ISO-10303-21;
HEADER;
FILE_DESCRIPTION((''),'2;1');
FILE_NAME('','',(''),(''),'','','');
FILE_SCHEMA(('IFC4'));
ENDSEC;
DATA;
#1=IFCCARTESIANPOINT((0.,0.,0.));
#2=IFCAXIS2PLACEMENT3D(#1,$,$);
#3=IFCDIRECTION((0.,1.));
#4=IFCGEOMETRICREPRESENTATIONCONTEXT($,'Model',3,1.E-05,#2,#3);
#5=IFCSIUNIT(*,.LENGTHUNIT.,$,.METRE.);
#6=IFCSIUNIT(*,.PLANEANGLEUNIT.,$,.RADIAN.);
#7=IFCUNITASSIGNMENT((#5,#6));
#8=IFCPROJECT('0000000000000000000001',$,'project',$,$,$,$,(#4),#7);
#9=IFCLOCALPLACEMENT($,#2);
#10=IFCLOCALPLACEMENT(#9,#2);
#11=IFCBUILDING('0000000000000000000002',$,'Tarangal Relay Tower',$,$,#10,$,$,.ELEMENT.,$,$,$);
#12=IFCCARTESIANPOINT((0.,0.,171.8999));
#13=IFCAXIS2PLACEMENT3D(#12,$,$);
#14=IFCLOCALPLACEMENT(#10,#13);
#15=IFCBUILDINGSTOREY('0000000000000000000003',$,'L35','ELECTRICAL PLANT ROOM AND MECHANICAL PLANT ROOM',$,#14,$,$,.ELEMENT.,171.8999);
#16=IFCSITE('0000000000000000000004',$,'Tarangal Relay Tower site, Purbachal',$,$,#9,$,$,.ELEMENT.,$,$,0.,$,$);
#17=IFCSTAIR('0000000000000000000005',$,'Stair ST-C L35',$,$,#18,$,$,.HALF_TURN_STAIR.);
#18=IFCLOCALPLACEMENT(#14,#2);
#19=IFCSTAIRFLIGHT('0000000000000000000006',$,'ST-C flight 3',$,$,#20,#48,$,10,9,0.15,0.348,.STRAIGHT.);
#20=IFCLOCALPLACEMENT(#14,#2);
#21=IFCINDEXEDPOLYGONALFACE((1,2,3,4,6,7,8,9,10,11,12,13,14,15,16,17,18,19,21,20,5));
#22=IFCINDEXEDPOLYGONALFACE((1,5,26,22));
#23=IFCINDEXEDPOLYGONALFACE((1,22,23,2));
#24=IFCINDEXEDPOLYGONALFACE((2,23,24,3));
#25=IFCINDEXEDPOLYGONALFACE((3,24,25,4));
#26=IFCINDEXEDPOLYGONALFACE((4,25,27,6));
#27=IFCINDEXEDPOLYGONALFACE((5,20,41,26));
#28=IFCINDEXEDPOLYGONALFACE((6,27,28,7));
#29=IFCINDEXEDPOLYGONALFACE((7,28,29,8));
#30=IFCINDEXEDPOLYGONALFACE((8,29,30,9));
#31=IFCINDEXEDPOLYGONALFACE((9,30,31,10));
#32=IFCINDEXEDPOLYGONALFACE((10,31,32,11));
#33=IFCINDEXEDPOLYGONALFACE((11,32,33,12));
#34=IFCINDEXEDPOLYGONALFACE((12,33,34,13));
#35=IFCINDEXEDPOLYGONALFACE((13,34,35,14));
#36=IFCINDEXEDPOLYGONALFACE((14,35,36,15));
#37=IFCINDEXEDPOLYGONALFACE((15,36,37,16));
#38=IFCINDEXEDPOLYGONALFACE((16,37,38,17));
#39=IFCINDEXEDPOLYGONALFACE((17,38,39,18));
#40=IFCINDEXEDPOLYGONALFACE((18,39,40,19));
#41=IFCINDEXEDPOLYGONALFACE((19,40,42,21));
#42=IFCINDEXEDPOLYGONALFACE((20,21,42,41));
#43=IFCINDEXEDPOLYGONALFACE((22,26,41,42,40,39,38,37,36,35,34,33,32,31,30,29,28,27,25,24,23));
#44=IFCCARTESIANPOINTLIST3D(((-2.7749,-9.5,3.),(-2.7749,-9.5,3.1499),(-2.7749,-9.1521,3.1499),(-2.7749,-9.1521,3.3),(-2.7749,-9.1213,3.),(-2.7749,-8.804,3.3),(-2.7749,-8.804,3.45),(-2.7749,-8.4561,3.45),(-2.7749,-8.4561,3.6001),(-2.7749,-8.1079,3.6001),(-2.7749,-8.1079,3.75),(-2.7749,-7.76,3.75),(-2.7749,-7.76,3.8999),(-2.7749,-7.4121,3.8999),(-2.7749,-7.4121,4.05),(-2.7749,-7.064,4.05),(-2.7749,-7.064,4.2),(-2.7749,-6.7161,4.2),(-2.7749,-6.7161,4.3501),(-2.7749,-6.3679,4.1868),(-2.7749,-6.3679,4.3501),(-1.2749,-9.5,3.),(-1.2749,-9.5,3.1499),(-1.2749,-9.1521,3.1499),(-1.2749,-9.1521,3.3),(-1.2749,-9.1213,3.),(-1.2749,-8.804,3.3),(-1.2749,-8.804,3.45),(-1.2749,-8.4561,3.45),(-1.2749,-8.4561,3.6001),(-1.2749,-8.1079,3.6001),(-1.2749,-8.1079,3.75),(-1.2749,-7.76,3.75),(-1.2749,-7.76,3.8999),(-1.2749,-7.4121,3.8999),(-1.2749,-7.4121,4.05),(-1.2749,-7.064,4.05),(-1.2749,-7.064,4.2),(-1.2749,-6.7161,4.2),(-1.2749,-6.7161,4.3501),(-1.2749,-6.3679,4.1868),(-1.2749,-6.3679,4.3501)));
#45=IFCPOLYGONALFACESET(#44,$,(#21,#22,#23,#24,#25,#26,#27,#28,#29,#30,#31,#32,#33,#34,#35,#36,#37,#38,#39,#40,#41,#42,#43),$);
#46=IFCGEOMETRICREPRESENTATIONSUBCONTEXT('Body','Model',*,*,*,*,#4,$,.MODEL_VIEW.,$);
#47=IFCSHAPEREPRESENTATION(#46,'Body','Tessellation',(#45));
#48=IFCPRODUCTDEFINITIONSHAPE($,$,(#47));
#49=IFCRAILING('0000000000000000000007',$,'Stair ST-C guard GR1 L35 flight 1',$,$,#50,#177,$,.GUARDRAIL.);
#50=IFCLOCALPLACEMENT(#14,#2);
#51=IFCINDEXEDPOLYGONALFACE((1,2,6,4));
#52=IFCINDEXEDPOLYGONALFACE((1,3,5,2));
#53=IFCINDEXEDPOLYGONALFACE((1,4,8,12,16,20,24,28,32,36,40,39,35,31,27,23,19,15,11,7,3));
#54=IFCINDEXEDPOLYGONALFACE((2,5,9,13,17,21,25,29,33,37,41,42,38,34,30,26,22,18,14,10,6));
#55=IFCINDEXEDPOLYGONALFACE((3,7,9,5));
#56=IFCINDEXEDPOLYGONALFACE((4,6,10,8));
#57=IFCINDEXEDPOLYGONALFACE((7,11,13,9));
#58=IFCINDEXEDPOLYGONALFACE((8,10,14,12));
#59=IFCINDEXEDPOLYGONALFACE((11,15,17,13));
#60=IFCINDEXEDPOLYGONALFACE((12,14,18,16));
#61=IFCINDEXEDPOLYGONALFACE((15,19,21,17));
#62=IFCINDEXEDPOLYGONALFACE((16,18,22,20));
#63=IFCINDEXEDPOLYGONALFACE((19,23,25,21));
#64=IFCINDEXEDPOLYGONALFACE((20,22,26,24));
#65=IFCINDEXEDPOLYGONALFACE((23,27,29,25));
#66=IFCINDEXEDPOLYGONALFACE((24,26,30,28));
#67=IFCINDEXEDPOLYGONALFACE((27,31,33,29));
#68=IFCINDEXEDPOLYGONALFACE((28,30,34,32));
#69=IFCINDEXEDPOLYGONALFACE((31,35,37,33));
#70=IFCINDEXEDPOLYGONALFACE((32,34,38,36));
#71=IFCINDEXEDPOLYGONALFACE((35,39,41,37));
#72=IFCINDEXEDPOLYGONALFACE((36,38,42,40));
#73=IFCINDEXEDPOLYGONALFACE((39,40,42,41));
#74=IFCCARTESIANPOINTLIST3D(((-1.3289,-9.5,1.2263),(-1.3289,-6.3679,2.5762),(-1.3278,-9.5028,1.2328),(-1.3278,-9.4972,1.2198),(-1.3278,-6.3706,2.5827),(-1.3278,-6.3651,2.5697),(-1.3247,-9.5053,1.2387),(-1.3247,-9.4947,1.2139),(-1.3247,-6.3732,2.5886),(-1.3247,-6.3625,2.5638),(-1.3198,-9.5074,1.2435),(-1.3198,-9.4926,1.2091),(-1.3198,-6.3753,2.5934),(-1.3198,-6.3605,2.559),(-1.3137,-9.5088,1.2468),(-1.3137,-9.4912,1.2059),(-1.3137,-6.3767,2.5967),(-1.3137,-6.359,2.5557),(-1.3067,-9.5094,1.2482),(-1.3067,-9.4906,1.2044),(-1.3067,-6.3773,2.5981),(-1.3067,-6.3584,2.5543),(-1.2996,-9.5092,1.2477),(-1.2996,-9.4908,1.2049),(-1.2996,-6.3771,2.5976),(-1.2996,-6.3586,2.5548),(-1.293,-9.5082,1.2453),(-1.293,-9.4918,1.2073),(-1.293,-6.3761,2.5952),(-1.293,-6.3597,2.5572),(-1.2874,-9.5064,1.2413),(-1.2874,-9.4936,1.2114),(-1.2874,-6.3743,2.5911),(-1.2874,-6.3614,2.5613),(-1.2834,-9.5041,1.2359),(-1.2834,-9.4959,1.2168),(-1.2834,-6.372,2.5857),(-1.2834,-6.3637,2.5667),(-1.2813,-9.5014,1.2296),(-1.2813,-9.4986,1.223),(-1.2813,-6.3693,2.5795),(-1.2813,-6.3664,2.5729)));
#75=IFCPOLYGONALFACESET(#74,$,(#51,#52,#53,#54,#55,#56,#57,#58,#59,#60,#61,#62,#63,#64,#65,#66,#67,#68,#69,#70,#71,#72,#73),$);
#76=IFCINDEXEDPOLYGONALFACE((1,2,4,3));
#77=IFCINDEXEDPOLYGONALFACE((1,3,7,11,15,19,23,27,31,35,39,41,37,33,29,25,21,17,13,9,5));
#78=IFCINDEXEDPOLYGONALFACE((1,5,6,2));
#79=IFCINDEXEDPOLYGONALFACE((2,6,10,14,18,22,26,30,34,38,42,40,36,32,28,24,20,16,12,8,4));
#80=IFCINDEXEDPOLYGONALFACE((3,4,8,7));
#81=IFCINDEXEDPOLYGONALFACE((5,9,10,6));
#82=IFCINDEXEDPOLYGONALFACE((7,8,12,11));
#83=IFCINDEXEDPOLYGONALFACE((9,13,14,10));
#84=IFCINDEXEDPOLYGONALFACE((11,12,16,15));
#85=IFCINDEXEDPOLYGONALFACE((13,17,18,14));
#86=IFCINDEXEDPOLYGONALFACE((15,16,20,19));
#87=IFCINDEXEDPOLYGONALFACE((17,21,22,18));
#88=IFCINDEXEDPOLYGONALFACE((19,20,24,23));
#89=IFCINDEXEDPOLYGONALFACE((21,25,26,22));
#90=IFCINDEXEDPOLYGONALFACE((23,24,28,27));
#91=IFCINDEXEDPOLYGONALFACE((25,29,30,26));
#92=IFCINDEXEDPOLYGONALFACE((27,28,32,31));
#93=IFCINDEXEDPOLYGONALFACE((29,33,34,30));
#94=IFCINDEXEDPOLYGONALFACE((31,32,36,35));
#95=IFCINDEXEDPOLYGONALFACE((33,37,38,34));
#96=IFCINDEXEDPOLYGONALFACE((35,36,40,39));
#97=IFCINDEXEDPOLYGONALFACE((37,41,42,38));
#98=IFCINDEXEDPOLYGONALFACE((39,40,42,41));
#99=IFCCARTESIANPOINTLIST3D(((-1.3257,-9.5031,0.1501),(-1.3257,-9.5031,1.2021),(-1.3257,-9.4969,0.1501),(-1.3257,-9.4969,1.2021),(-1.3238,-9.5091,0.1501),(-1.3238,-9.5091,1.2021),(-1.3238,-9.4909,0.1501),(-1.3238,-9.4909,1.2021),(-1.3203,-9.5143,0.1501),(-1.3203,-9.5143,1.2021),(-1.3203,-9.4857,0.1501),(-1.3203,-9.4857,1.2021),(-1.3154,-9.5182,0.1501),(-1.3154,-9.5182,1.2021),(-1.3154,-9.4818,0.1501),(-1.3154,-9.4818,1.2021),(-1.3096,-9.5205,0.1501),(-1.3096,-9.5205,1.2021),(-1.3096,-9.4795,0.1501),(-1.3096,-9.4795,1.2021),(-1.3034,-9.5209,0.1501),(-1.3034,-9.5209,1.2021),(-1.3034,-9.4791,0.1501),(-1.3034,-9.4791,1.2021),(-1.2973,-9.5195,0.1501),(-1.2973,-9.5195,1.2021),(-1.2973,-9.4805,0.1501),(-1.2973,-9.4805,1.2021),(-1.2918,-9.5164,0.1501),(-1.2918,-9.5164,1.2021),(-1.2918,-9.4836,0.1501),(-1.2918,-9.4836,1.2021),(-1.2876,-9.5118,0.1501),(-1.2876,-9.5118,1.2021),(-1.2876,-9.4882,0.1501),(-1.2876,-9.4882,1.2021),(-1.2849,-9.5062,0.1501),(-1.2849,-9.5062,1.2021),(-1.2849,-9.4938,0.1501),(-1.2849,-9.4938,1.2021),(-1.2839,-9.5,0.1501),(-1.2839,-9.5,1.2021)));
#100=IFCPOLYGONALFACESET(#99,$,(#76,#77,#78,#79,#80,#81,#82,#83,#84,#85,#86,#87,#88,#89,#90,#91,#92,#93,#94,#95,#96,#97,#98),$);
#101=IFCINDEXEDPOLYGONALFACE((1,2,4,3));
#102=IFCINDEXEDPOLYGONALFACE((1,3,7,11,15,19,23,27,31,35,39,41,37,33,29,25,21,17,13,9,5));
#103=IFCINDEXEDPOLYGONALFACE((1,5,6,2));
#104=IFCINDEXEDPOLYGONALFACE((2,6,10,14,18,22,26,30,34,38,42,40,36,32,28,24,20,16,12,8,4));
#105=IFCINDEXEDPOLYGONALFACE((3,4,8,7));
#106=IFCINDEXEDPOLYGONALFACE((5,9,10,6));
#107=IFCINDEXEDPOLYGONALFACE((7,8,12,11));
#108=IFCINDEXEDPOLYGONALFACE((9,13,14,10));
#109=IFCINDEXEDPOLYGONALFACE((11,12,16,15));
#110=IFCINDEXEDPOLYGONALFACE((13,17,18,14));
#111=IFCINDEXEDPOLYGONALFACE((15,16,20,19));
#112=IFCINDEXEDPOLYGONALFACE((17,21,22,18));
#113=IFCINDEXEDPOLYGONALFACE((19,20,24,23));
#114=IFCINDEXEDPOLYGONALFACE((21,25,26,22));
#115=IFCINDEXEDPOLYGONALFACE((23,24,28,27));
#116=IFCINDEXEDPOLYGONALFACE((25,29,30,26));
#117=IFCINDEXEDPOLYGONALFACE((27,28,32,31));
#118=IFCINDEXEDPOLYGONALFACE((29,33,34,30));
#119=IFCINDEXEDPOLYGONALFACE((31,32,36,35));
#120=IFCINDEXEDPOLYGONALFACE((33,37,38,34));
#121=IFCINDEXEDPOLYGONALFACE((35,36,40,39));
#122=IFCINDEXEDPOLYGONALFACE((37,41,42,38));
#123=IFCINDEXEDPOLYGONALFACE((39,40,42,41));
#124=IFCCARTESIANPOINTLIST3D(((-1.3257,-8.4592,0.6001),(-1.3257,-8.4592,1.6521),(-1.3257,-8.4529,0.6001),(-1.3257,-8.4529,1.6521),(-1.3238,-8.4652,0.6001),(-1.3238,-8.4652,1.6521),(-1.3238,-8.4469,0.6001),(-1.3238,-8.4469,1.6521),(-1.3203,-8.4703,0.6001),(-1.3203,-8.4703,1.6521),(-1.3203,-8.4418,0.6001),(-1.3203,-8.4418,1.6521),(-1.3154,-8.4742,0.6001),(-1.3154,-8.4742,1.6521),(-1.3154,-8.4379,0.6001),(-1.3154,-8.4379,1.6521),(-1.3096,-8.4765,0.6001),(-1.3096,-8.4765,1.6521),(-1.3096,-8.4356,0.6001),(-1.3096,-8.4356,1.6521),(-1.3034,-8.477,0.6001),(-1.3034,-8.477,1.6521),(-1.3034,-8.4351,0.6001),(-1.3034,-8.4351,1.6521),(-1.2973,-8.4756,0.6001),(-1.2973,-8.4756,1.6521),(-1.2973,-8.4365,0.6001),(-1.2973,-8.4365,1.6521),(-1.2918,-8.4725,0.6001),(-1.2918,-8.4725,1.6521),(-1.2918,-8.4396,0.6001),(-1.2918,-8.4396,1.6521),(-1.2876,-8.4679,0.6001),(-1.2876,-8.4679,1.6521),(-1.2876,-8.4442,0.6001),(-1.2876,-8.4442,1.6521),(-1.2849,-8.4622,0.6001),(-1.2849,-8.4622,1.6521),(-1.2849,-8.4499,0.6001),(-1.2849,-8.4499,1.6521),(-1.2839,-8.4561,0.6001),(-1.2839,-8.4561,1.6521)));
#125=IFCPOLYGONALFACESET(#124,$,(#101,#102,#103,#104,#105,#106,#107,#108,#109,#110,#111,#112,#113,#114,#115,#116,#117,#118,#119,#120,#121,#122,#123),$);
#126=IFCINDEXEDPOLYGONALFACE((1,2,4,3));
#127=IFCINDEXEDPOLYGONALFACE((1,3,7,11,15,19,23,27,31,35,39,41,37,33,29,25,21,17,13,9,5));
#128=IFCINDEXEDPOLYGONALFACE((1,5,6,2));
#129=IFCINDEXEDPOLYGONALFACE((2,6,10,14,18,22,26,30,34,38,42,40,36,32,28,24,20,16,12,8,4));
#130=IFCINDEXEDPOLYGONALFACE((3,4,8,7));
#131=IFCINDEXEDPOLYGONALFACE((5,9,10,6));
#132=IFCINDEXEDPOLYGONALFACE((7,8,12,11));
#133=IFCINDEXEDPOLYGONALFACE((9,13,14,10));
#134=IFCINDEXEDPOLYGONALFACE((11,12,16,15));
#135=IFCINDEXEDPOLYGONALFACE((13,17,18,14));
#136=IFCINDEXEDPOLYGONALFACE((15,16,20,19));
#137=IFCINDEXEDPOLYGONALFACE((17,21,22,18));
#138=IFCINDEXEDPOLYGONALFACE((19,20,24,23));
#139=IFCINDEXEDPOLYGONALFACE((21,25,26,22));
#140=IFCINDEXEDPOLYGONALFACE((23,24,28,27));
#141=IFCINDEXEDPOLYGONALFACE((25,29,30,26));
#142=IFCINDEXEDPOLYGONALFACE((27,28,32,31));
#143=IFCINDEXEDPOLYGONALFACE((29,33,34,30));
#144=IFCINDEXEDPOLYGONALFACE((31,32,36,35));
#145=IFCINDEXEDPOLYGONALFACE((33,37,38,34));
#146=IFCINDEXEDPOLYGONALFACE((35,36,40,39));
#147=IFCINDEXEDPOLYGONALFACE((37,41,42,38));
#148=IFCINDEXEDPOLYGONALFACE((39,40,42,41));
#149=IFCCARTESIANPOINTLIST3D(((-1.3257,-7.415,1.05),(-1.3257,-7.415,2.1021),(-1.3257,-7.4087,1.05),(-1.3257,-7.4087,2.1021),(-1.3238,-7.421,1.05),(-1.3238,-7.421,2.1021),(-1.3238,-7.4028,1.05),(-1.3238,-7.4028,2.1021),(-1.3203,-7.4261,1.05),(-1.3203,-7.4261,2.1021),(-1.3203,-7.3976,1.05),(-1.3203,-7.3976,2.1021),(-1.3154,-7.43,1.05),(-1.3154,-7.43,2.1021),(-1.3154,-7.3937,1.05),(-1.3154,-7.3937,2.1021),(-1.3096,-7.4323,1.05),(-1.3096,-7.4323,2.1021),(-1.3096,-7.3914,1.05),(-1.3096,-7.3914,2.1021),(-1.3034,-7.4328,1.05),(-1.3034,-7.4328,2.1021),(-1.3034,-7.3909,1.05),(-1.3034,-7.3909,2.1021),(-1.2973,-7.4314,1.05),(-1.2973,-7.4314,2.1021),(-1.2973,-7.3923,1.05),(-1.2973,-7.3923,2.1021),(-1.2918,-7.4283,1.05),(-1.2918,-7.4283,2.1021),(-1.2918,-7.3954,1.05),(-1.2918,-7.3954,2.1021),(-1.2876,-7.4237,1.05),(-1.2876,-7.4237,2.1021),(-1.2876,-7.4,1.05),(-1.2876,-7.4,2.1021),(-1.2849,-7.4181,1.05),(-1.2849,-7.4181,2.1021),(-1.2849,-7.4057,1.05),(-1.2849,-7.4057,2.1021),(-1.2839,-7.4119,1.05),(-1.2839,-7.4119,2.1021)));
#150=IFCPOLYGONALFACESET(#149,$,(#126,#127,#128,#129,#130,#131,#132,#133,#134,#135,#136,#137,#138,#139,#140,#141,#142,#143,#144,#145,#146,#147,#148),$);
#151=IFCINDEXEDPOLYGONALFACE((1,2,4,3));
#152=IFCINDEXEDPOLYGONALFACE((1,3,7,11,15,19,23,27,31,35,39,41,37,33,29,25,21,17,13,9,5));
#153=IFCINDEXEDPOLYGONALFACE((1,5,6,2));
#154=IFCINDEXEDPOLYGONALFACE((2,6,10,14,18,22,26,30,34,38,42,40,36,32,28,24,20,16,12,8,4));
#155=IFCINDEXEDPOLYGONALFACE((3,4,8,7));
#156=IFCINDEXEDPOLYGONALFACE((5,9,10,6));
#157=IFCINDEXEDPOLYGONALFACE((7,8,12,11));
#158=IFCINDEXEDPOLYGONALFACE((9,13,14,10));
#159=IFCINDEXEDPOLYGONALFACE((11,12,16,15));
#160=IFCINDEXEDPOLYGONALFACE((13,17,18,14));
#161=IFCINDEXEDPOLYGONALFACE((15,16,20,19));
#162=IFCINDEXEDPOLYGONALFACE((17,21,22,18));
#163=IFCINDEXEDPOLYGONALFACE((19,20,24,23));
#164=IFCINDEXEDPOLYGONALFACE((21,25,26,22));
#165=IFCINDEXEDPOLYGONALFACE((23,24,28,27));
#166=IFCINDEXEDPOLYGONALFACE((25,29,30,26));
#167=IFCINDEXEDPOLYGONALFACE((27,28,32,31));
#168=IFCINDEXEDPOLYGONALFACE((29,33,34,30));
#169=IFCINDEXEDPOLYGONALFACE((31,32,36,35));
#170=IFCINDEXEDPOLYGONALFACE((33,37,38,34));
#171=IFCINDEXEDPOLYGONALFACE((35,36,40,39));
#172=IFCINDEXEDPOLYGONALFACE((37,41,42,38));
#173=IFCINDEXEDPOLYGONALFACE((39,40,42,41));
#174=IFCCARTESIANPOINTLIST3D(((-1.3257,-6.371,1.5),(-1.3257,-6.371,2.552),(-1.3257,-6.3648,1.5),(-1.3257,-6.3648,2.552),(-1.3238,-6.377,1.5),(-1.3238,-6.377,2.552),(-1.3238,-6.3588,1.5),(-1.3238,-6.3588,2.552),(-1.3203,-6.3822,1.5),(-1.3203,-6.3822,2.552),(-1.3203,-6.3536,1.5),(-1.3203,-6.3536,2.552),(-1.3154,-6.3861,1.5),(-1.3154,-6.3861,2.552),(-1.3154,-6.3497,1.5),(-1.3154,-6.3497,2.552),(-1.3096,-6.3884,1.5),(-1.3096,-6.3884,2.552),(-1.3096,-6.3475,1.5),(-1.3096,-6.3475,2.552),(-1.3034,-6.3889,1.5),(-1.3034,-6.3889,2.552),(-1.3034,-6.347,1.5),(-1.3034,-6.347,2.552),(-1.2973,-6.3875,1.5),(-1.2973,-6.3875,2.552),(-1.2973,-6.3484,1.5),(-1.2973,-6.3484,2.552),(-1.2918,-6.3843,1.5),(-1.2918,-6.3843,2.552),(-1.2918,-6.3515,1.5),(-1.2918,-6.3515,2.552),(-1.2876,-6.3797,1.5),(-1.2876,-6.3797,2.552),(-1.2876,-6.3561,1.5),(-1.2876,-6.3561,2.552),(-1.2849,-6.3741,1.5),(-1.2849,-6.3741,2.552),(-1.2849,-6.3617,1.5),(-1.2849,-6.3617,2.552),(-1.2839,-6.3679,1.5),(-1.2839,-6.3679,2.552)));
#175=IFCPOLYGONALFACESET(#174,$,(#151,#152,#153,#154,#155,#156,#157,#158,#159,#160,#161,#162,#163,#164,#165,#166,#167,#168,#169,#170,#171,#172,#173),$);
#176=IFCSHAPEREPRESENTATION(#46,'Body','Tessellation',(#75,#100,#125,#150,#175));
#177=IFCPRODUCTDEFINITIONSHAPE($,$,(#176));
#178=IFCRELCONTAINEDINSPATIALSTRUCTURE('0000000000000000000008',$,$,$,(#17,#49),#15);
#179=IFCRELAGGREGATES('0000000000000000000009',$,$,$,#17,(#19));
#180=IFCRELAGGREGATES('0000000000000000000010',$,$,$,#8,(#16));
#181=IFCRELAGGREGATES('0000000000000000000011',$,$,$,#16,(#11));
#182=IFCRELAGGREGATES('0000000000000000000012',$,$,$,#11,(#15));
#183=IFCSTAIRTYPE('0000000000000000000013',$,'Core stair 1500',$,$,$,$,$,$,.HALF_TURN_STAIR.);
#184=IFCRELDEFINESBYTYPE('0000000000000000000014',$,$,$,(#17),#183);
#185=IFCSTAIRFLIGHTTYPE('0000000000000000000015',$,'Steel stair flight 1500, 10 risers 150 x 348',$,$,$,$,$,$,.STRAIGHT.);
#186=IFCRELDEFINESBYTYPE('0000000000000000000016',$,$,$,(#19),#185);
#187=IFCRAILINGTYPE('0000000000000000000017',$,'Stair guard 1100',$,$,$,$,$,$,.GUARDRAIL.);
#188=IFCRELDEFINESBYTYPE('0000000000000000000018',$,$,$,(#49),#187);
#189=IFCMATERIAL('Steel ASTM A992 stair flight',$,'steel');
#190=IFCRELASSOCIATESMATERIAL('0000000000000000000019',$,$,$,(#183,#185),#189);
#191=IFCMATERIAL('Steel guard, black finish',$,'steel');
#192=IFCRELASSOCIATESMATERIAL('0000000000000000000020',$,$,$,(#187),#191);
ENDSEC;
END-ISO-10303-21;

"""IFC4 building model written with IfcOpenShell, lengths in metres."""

from ifc_helpers import new_model, si_unit, direction, frame, origin, origin_2d, place, context, subcontext, project, spatial, polyline, circle, outline, extrude, material, type_object, element, aggregate, save


model = new_model("IFC4")

# Units and contexts
model_context = context("Model", 3, precision=1e-05, world=origin(), true_north=direction((0.0, 1.0)))
body_context = subcontext(model_context, "Body", "Model", "MODEL_VIEW")
ifc_project = project(units=[si_unit("LENGTHUNIT", "METRE"), si_unit("PLANEANGLEUNIT", "RADIAN")], contexts=[model_context])

# Site, building, storey
site_placement = place(None, origin())
site = spatial("IfcSite", under=ifc_project, at=site_placement, Name="Tarangal Relay Tower site, Purbachal", CompositionType="ELEMENT", RefElevation=0.0)
building_placement = place(site_placement, origin())
building = spatial("IfcBuilding", under=site, at=building_placement, Name="Tarangal Relay Tower", CompositionType="ELEMENT")
storey_placement = place(building_placement, frame((0.0, 0.0, 171.8999)))
storey = spatial("IfcBuildingStorey", under=building, at=storey_placement, Name="L35", Description="ELECTRICAL PLANT ROOM AND MECHANICAL PLANT ROOM", CompositionType="ELEMENT", Elevation=171.8999)

# Stair, stair flight
ifc_material_1 = material(Name="Steel ASTM A992 stair flight", Category="steel")
stair_type = type_object("IfcStairType", Name="Core stair 1500", PredefinedType="HALF_TURN_STAIR", material=ifc_material_1)
stair_placement = place(storey_placement, origin())
stair = element("IfcStair", 1, at=stair_placement, inside=storey, type_object=stair_type, Name="Stair ST-C L35", PredefinedType="HALF_TURN_STAIR")
stair_flight_type = type_object("IfcStairFlightType", Name="Steel stair flight 1500, 10 risers 150 x 348", PredefinedType="STRAIGHT", material=ifc_material_1)
stair_flight_1_placement = place(storey_placement, frame((-2.0249, -9.5, 3.0), z_axis=(0.0, 0.0, 1.0), x_axis=(0.0, 1.0, 0.0)))
stair_flight_1 = element("IfcStairFlight", 2, at=stair_flight_1_placement, type_object=stair_flight_type, Name="ST-C flight 3", NumberOfRisers=10, NumberOfTreads=9, PredefinedType="STRAIGHT", RiserHeight=0.15, TreadLength=0.348, context=body_context, shape_type="SweptSolid", body=[
    extrude(outline(polyline([(0.0, 0.0), (0.0, 0.1499), (0.3479, 0.1499), (0.3479, 0.3), (0.696, 0.3), (0.696, 0.45), (1.0439, 0.45), (1.0439, 0.6001), (1.3921, 0.6001), (1.3921, 0.75), (1.74, 0.75), (1.74, 0.8999), (2.0879, 0.8999), (2.0879, 1.05), (2.436, 1.05), (2.436, 1.2), (2.7839, 1.2), (2.7839, 1.3501), (3.1321, 1.3501), (3.1321, 1.5), (3.1321, 1.1868), (0.3787, 0.0), (0.0, 0.0)])), frame((0.0, 0.75, 0.0), z_axis=(0.0, -1.0, 0.0), x_axis=(1.0, 0.0, 0.0)), (0.0, 0.0, 1.0), 1.5),
])
aggregate(stair, [stair_flight_1])

# Railing
ifc_material_2 = material(Name="Steel guard, black finish", Category="steel")
railing_type_1 = type_object("IfcRailingType", Name="Stair guard 1100", PredefinedType="GUARDRAIL", material=ifc_material_2)
for number, where, name in (
    (3, (-1.3049, -9.5, 0.1501), "Stair ST-C guard GR1 L35 flight 1"),
):
    element("IfcRailing", number, at=place(storey_placement, frame(where)), inside=storey, type_object=railing_type_1, Name=name, PredefinedType="GUARDRAIL", context=body_context, shape_type="SweptSolid", body=[
        extrude(circle(Radius=0.0239, at=origin_2d()), frame((0.0, 0.0, 1.0762), z_axis=(0.0, 0.918343, 0.395785), x_axis=(-1.0, 0.0, 0.0)), (0.0, 0.0, 1.0), 3.4106),
        extrude(circle(Radius=0.021, at=origin_2d()), origin(), (0.0, 0.0, 1.0), 1.052),
        extrude(circle(Radius=0.021, at=origin_2d()), frame((0.0, 1.0439, 0.45)), (0.0, 0.0, 1.0), 1.052),
        extrude(circle(Radius=0.021, at=origin_2d()), frame((0.0, 2.0881, 0.8999)), (0.0, 0.0, 1.0), 1.052),
        extrude(circle(Radius=0.021, at=origin_2d()), frame((0.0, 3.1321, 1.3499)), (0.0, 0.0, 1.0), 1.052),
    ])

save(model, "model.ifc")
